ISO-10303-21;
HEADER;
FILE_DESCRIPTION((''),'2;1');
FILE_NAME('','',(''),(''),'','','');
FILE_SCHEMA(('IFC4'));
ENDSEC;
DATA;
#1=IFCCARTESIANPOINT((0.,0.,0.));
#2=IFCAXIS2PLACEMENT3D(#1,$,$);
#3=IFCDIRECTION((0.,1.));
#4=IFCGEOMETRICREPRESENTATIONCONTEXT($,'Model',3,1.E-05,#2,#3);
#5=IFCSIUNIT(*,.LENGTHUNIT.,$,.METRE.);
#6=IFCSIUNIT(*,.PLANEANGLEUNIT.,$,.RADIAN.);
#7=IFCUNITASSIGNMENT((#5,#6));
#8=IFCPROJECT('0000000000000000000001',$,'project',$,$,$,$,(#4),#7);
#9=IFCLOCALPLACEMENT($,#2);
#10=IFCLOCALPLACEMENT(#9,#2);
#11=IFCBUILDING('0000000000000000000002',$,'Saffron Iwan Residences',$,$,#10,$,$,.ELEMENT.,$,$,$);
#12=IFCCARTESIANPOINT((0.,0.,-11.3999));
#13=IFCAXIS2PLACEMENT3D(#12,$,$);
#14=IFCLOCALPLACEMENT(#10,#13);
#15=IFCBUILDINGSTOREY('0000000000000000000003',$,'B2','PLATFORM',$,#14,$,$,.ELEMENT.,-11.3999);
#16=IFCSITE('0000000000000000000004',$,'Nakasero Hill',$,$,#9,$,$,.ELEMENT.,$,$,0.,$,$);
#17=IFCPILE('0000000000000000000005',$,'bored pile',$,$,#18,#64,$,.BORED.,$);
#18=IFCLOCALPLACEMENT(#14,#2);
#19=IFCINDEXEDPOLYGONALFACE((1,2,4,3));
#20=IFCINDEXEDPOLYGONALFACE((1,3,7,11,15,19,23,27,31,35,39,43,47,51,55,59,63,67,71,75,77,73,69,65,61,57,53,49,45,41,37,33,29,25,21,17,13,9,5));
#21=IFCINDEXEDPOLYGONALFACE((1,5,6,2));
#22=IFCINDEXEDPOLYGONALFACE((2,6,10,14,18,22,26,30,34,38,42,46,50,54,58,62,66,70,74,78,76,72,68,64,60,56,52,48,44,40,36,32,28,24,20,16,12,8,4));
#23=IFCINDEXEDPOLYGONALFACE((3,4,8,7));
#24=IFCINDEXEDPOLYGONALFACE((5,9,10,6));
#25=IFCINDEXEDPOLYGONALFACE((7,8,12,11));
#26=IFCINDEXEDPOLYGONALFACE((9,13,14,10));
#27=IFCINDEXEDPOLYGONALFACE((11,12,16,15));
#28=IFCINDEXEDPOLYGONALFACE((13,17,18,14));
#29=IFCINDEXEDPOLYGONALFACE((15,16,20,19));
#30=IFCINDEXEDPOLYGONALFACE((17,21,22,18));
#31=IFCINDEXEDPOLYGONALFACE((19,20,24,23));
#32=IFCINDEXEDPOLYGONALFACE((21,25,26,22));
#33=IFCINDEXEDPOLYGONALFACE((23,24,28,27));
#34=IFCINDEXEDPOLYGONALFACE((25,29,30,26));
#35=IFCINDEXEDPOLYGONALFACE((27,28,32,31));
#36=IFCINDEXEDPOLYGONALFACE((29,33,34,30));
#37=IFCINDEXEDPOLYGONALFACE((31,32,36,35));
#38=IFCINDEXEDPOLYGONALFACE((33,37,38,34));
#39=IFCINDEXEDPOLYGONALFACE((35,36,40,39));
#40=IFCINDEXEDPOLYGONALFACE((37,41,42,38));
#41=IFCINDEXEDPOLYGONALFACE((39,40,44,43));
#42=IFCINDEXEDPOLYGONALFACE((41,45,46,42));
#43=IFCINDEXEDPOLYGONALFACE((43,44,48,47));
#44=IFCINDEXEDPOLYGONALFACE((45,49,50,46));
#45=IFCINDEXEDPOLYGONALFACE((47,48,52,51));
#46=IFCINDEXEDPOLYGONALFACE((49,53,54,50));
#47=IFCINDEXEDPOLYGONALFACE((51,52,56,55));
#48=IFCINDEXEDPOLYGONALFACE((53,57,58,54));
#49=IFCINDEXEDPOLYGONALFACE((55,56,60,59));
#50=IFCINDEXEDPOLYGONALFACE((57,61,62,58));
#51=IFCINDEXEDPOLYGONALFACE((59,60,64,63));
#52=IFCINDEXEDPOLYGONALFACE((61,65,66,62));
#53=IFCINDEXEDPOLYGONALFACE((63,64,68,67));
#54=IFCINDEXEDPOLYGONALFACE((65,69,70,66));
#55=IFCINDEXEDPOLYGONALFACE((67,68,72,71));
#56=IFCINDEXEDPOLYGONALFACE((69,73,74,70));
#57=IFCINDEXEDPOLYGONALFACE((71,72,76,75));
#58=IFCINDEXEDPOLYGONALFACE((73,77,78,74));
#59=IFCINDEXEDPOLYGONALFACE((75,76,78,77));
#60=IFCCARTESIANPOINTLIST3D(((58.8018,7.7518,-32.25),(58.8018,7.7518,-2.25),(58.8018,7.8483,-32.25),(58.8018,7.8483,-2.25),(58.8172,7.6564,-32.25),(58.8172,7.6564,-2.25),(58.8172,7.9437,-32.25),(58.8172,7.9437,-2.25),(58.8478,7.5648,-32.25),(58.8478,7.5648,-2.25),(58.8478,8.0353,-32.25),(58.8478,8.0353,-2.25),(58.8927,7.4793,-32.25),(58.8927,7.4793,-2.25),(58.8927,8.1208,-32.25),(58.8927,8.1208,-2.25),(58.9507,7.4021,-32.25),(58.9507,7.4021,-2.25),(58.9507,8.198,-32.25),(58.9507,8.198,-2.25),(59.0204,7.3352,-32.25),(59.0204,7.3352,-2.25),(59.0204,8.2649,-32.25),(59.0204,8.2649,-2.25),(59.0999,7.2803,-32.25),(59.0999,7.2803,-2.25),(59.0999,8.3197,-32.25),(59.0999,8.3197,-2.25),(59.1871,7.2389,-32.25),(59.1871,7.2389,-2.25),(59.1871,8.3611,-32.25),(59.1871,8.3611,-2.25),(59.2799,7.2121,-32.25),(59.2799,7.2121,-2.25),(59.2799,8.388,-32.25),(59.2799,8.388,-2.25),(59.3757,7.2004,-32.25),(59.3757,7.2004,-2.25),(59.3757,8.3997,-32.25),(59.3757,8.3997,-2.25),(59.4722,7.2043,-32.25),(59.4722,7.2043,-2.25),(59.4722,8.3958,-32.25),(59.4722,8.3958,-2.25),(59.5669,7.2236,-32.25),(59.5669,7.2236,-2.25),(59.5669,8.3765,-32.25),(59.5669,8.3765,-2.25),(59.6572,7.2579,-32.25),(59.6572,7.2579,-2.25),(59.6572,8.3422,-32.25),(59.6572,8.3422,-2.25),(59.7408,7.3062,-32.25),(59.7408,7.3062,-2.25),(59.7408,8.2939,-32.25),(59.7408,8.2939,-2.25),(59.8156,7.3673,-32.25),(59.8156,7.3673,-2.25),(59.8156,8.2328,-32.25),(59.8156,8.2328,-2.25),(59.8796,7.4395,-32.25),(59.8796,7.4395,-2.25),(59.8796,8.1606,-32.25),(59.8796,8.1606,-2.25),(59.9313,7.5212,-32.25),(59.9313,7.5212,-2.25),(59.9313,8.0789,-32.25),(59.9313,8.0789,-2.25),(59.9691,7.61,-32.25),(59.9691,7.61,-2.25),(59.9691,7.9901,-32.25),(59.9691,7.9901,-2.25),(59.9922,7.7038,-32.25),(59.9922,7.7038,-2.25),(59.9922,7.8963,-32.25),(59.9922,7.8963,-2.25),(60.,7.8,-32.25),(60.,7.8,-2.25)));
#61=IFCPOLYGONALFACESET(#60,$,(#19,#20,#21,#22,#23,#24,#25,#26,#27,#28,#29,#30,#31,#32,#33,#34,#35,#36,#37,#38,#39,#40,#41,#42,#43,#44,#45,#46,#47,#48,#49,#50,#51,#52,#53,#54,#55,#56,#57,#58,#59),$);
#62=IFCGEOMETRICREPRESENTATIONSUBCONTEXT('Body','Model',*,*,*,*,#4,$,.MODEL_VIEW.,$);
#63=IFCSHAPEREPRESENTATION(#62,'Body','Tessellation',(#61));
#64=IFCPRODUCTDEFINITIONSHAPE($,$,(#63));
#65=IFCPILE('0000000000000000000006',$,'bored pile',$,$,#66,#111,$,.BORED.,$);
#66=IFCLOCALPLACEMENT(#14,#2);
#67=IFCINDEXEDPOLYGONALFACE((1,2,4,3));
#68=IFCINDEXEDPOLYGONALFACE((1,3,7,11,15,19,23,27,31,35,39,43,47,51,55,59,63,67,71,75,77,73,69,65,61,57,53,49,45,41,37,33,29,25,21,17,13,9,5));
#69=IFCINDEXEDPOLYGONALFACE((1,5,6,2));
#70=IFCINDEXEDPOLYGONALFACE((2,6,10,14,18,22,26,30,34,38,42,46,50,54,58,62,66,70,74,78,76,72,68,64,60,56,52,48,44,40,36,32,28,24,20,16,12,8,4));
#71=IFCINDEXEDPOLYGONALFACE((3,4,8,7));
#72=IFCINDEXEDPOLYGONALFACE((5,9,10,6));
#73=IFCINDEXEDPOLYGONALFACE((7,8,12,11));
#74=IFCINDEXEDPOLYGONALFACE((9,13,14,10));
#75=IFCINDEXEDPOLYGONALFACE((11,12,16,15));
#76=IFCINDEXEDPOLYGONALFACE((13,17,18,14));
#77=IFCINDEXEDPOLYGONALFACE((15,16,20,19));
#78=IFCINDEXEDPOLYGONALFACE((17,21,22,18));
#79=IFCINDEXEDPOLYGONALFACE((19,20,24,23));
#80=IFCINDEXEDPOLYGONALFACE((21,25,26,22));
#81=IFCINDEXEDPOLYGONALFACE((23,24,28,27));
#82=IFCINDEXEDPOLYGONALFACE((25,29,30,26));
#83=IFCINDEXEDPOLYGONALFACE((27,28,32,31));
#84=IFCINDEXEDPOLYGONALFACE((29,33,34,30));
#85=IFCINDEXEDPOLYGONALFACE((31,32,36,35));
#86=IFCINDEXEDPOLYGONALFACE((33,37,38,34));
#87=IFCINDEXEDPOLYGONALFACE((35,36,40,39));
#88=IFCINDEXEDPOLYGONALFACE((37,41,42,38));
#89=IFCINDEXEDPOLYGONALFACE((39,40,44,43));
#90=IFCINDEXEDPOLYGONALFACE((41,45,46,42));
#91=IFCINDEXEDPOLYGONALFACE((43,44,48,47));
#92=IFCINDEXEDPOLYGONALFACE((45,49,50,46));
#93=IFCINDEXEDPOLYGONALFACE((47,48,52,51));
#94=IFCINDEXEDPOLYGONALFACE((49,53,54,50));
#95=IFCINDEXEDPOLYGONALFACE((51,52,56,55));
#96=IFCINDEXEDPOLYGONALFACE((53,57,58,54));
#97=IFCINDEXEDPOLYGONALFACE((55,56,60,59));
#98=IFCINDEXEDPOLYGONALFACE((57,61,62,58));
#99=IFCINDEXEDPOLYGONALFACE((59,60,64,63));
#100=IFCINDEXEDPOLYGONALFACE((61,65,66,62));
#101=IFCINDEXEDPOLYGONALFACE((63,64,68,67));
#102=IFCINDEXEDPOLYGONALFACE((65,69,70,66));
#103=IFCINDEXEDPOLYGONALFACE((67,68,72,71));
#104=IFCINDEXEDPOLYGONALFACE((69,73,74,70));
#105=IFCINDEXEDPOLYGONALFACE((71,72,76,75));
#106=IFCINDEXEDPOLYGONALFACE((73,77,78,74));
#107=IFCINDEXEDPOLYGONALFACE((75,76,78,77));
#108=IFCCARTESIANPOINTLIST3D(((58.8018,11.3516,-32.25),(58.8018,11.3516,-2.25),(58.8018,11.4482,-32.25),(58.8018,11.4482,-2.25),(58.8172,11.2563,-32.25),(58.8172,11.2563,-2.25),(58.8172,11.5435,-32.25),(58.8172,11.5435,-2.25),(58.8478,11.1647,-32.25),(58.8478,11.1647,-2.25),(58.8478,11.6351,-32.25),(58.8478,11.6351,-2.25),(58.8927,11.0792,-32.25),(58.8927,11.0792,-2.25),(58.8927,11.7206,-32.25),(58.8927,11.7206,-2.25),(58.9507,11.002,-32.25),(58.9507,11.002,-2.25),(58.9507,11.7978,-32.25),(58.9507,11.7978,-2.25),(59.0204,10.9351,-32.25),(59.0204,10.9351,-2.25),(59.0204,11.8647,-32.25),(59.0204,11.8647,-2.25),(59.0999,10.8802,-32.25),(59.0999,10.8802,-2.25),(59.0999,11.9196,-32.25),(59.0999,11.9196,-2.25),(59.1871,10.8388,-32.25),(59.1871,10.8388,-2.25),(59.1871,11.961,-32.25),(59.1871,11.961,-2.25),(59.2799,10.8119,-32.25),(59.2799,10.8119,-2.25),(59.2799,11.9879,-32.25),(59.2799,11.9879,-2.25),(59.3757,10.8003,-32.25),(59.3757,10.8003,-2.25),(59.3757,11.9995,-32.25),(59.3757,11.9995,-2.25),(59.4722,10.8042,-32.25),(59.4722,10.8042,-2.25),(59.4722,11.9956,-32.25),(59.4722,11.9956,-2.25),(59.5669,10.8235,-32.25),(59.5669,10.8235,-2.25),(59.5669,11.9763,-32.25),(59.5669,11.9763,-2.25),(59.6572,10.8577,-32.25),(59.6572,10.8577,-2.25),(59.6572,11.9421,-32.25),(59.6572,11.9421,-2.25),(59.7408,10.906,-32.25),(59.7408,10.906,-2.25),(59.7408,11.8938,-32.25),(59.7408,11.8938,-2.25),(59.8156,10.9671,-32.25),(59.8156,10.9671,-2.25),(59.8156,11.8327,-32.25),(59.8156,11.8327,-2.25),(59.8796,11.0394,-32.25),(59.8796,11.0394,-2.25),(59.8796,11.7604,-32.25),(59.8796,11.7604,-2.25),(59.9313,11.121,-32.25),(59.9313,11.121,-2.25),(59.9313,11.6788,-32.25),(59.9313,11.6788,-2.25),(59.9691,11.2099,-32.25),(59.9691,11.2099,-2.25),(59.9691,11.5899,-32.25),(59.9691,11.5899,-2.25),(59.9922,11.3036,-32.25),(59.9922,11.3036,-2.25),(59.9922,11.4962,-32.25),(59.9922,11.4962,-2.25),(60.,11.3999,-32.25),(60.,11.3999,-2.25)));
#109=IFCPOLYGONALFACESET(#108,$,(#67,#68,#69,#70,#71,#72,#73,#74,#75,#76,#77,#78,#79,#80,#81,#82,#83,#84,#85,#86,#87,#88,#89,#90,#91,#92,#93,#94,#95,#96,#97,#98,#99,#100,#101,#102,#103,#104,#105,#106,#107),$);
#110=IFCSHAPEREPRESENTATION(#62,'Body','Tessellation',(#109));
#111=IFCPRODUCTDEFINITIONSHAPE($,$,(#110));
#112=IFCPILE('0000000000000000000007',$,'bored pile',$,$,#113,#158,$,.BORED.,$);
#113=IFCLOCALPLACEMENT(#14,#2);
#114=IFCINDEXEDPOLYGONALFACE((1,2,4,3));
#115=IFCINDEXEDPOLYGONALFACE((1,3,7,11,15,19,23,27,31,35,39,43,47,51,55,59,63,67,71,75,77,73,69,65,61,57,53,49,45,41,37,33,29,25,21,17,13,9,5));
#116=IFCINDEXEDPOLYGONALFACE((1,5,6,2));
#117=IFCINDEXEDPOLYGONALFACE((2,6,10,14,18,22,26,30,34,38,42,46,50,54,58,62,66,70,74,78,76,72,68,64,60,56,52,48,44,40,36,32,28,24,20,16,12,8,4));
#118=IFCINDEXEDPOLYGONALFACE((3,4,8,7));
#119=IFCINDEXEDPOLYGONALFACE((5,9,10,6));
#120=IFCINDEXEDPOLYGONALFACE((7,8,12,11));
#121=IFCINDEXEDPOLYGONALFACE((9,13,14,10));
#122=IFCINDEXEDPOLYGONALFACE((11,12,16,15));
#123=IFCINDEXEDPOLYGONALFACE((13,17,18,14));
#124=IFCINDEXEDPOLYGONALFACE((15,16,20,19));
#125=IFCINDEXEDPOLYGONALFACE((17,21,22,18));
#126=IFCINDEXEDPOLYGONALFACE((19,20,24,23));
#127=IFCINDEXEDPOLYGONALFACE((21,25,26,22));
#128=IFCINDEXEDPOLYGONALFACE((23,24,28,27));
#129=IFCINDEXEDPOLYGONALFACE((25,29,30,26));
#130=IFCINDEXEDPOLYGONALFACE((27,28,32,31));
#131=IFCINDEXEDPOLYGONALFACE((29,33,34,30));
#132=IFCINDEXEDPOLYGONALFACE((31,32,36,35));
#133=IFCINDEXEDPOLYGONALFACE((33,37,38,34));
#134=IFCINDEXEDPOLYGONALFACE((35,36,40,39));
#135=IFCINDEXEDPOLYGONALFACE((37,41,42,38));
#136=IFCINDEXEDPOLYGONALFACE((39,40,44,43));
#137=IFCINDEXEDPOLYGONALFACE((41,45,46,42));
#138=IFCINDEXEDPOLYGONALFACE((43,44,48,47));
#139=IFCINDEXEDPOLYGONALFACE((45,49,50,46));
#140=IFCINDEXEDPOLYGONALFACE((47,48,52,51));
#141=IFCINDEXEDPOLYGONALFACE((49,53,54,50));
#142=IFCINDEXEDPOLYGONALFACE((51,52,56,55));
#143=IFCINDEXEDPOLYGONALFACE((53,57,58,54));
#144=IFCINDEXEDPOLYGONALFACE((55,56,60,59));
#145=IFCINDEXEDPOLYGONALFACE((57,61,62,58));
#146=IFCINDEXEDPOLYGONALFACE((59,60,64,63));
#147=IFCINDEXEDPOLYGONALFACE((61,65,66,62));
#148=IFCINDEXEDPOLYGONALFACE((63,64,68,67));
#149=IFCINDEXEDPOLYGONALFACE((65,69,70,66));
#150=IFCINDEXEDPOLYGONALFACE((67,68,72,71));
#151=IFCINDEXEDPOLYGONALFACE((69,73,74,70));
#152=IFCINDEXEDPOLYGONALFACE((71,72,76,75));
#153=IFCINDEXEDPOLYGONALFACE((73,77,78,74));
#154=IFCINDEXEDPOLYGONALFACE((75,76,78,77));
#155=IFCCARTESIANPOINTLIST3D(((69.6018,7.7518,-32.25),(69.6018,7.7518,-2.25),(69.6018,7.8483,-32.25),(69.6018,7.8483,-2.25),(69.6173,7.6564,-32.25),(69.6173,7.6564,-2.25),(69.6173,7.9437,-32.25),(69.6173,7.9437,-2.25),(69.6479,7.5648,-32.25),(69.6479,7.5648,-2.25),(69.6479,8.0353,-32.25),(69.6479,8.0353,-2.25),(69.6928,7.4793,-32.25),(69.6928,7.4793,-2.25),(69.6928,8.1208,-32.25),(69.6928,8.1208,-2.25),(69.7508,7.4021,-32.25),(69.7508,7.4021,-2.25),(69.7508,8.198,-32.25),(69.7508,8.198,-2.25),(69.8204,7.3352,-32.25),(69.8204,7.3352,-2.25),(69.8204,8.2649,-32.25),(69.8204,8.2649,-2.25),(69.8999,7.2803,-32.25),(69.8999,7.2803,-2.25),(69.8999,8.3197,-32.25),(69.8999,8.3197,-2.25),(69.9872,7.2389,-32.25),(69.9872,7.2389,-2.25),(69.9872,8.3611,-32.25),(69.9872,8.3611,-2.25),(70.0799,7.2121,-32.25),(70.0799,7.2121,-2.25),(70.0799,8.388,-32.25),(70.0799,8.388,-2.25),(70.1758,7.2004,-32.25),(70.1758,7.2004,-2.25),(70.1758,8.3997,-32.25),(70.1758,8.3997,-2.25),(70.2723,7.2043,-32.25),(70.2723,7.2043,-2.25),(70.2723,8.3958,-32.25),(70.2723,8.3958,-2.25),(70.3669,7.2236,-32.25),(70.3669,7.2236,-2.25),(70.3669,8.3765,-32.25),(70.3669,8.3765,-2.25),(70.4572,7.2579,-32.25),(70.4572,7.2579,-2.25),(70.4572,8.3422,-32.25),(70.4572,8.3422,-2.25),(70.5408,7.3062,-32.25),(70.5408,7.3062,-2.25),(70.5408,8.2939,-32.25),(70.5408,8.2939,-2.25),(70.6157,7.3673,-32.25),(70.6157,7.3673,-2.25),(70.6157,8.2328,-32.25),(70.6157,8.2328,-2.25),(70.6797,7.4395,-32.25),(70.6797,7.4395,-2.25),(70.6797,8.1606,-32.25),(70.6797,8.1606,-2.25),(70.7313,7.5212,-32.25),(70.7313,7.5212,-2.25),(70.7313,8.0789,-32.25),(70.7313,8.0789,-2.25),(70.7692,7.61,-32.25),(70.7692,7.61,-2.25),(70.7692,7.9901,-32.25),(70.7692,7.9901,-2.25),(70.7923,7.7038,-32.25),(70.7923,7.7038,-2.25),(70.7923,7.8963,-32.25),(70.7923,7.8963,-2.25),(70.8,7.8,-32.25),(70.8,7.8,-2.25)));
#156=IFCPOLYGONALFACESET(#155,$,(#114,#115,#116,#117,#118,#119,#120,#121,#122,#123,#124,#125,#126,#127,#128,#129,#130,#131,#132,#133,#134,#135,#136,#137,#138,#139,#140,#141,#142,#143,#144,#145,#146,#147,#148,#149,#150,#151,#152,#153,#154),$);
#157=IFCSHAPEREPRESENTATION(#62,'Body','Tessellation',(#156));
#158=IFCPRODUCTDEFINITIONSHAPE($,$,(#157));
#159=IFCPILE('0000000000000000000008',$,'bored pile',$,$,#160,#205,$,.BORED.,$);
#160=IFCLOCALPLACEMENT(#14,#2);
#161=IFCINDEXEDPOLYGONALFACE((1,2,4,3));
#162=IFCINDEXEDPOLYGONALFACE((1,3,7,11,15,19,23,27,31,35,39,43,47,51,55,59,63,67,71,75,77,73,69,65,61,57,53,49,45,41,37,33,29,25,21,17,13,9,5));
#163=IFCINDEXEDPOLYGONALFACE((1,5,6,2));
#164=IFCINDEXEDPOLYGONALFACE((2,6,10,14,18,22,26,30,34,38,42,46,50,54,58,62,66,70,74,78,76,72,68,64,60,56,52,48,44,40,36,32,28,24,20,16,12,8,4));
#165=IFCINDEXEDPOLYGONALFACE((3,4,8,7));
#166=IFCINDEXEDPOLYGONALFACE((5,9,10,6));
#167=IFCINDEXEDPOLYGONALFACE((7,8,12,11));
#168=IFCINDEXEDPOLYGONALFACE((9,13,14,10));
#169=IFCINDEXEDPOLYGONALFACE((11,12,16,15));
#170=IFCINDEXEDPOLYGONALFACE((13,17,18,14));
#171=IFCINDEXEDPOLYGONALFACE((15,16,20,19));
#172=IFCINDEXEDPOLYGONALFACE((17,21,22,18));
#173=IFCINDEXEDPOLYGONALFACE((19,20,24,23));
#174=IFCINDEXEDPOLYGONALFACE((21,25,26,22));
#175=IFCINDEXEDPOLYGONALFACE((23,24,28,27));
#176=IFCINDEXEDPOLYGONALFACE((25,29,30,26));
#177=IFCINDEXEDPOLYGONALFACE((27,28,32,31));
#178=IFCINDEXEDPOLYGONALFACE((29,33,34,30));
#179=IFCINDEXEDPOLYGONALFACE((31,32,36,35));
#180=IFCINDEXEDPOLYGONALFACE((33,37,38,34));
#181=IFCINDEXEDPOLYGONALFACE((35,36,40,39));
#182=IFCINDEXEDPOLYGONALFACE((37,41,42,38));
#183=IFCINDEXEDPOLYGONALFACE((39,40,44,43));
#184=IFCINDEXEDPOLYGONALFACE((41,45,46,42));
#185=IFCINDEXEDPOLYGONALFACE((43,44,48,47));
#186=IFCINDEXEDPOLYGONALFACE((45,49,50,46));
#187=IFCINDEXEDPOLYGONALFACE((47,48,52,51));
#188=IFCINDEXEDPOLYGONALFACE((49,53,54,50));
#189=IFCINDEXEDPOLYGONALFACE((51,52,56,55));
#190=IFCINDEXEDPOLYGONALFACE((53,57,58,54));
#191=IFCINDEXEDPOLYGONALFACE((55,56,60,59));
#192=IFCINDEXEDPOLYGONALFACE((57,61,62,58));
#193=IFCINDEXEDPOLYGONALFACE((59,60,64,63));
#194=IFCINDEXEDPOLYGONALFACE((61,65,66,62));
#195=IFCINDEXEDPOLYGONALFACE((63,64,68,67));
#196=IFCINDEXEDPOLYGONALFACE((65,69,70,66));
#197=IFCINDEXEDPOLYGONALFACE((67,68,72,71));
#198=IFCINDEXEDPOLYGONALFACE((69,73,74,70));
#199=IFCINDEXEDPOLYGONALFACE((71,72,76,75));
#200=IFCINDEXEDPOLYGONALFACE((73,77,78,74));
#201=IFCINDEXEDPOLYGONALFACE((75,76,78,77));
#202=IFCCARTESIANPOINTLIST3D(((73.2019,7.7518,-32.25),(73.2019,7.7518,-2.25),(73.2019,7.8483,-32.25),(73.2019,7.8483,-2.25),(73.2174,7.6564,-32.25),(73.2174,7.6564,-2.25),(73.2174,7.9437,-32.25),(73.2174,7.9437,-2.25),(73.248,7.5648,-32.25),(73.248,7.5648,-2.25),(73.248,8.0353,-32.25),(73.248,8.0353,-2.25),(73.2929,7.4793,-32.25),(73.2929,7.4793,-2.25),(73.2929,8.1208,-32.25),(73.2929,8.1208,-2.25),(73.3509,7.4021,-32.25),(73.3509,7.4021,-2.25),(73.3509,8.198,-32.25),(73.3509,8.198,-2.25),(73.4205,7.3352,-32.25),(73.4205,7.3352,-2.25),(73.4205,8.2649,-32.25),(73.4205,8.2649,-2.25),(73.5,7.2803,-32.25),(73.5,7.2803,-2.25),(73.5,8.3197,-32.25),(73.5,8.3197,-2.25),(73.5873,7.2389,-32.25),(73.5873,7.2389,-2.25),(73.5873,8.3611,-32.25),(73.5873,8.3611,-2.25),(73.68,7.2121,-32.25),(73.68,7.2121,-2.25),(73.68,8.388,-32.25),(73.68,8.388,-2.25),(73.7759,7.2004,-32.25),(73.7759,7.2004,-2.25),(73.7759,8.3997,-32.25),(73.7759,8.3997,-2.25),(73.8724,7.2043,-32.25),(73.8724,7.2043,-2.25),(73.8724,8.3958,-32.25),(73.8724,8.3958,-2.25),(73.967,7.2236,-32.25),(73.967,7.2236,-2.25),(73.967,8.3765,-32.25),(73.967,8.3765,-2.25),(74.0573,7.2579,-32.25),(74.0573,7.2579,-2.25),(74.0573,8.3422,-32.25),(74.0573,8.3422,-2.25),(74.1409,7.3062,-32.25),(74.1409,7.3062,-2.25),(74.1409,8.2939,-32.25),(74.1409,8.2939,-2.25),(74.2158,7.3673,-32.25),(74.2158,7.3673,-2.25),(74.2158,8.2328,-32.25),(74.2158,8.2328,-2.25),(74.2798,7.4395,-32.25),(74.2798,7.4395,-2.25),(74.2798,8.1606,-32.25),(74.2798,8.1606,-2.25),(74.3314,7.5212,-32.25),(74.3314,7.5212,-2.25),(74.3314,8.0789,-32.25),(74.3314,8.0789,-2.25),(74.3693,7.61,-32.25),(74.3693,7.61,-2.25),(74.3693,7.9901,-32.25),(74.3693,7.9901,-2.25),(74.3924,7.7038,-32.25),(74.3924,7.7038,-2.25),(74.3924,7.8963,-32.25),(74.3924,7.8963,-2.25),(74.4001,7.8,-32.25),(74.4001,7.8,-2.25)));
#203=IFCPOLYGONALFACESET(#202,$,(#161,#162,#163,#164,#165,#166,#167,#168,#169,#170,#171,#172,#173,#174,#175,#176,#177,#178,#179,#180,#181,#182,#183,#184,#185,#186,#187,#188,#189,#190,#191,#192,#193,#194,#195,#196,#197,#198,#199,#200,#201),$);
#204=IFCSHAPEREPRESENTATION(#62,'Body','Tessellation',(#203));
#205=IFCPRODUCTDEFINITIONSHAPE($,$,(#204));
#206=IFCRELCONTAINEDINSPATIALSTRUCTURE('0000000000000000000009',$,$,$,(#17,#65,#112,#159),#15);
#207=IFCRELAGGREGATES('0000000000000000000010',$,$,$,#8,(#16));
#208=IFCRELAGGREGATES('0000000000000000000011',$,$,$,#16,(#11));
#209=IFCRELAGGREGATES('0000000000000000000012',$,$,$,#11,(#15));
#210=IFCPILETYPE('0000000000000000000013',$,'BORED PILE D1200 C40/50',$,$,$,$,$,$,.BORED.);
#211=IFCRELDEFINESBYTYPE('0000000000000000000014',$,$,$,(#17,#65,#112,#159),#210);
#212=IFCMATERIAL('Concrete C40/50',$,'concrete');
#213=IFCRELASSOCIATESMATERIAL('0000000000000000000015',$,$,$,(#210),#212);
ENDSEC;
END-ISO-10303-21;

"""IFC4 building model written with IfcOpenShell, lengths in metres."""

from ifc_helpers import new_model, si_unit, direction, frame, origin, origin_2d, place, context, subcontext, project, spatial, circle, extrude, material, material_profile, profile_set, type_object, element, save


model = new_model("IFC4")

# Units and contexts
model_context = context("Model", 3, precision=1e-05, world=origin(), true_north=direction((0.0, 1.0)))
body_context = subcontext(model_context, "Body", "Model", "MODEL_VIEW")
ifc_project = project(units=[si_unit("LENGTHUNIT", "METRE"), si_unit("PLANEANGLEUNIT", "RADIAN")], contexts=[model_context])

# Site, building, storey
site_placement = place(None, origin())
site = spatial("IfcSite", under=ifc_project, at=site_placement, Name="Nakasero Hill", CompositionType="ELEMENT", RefElevation=0.0)
building_placement = place(site_placement, origin())
building = spatial("IfcBuilding", under=site, at=building_placement, Name="Saffron Iwan Residences", CompositionType="ELEMENT")
storey_placement = place(building_placement, frame((0.0, 0.0, -11.3999)))
storey = spatial("IfcBuildingStorey", under=building, at=storey_placement, Name="B2", Description="PLATFORM", CompositionType="ELEMENT", Elevation=-11.3999)

# Piles
ifc_material_1 = material(Name="Concrete C40/50", Category="concrete")
ifc_material_profile_1 = material_profile(ifc_material_1, circle(Radius=0.6001, at=origin_2d()), Name="RC D1200")
ifc_profile_set_1 = profile_set([ifc_material_profile_1], Name="Concrete C40/50")
pile_type = type_object("IfcPileType", Name="BORED PILE D1200 C40/50", PredefinedType="BORED", material=ifc_profile_set_1)
for number, where, z_axis, x_axis, name in (
    (1, (59.3999, 7.8, -2.25), (0.0, 0.0, -1.0), (1.0, 0.0, 0.0), "bored pile"),
    (2, (59.3999, 11.3999, -2.25), (0.0, 0.0, -1.0), (1.0, 0.0, 0.0), "bored pile"),
    (3, (70.2, 7.8, -2.25), (0.0, 0.0, -1.0), (1.0, 0.0, 0.0), "bored pile"),
    (4, (73.8, 7.8, -2.25), (0.0, 0.0, -1.0), (1.0, 0.0, 0.0), "bored pile"),
):
    element("IfcPile", number, at=place(storey_placement, frame(where, z_axis=z_axis, x_axis=x_axis)), inside=storey, type_object=pile_type, Name=name, PredefinedType="BORED", context=body_context, shape_type="SweptSolid", body=[
        extrude(circle(Radius=0.6001, at=origin_2d()), origin(), (0.0, 0.0, 1.0), 30.0),
    ])

save(model, "model.ifc")
